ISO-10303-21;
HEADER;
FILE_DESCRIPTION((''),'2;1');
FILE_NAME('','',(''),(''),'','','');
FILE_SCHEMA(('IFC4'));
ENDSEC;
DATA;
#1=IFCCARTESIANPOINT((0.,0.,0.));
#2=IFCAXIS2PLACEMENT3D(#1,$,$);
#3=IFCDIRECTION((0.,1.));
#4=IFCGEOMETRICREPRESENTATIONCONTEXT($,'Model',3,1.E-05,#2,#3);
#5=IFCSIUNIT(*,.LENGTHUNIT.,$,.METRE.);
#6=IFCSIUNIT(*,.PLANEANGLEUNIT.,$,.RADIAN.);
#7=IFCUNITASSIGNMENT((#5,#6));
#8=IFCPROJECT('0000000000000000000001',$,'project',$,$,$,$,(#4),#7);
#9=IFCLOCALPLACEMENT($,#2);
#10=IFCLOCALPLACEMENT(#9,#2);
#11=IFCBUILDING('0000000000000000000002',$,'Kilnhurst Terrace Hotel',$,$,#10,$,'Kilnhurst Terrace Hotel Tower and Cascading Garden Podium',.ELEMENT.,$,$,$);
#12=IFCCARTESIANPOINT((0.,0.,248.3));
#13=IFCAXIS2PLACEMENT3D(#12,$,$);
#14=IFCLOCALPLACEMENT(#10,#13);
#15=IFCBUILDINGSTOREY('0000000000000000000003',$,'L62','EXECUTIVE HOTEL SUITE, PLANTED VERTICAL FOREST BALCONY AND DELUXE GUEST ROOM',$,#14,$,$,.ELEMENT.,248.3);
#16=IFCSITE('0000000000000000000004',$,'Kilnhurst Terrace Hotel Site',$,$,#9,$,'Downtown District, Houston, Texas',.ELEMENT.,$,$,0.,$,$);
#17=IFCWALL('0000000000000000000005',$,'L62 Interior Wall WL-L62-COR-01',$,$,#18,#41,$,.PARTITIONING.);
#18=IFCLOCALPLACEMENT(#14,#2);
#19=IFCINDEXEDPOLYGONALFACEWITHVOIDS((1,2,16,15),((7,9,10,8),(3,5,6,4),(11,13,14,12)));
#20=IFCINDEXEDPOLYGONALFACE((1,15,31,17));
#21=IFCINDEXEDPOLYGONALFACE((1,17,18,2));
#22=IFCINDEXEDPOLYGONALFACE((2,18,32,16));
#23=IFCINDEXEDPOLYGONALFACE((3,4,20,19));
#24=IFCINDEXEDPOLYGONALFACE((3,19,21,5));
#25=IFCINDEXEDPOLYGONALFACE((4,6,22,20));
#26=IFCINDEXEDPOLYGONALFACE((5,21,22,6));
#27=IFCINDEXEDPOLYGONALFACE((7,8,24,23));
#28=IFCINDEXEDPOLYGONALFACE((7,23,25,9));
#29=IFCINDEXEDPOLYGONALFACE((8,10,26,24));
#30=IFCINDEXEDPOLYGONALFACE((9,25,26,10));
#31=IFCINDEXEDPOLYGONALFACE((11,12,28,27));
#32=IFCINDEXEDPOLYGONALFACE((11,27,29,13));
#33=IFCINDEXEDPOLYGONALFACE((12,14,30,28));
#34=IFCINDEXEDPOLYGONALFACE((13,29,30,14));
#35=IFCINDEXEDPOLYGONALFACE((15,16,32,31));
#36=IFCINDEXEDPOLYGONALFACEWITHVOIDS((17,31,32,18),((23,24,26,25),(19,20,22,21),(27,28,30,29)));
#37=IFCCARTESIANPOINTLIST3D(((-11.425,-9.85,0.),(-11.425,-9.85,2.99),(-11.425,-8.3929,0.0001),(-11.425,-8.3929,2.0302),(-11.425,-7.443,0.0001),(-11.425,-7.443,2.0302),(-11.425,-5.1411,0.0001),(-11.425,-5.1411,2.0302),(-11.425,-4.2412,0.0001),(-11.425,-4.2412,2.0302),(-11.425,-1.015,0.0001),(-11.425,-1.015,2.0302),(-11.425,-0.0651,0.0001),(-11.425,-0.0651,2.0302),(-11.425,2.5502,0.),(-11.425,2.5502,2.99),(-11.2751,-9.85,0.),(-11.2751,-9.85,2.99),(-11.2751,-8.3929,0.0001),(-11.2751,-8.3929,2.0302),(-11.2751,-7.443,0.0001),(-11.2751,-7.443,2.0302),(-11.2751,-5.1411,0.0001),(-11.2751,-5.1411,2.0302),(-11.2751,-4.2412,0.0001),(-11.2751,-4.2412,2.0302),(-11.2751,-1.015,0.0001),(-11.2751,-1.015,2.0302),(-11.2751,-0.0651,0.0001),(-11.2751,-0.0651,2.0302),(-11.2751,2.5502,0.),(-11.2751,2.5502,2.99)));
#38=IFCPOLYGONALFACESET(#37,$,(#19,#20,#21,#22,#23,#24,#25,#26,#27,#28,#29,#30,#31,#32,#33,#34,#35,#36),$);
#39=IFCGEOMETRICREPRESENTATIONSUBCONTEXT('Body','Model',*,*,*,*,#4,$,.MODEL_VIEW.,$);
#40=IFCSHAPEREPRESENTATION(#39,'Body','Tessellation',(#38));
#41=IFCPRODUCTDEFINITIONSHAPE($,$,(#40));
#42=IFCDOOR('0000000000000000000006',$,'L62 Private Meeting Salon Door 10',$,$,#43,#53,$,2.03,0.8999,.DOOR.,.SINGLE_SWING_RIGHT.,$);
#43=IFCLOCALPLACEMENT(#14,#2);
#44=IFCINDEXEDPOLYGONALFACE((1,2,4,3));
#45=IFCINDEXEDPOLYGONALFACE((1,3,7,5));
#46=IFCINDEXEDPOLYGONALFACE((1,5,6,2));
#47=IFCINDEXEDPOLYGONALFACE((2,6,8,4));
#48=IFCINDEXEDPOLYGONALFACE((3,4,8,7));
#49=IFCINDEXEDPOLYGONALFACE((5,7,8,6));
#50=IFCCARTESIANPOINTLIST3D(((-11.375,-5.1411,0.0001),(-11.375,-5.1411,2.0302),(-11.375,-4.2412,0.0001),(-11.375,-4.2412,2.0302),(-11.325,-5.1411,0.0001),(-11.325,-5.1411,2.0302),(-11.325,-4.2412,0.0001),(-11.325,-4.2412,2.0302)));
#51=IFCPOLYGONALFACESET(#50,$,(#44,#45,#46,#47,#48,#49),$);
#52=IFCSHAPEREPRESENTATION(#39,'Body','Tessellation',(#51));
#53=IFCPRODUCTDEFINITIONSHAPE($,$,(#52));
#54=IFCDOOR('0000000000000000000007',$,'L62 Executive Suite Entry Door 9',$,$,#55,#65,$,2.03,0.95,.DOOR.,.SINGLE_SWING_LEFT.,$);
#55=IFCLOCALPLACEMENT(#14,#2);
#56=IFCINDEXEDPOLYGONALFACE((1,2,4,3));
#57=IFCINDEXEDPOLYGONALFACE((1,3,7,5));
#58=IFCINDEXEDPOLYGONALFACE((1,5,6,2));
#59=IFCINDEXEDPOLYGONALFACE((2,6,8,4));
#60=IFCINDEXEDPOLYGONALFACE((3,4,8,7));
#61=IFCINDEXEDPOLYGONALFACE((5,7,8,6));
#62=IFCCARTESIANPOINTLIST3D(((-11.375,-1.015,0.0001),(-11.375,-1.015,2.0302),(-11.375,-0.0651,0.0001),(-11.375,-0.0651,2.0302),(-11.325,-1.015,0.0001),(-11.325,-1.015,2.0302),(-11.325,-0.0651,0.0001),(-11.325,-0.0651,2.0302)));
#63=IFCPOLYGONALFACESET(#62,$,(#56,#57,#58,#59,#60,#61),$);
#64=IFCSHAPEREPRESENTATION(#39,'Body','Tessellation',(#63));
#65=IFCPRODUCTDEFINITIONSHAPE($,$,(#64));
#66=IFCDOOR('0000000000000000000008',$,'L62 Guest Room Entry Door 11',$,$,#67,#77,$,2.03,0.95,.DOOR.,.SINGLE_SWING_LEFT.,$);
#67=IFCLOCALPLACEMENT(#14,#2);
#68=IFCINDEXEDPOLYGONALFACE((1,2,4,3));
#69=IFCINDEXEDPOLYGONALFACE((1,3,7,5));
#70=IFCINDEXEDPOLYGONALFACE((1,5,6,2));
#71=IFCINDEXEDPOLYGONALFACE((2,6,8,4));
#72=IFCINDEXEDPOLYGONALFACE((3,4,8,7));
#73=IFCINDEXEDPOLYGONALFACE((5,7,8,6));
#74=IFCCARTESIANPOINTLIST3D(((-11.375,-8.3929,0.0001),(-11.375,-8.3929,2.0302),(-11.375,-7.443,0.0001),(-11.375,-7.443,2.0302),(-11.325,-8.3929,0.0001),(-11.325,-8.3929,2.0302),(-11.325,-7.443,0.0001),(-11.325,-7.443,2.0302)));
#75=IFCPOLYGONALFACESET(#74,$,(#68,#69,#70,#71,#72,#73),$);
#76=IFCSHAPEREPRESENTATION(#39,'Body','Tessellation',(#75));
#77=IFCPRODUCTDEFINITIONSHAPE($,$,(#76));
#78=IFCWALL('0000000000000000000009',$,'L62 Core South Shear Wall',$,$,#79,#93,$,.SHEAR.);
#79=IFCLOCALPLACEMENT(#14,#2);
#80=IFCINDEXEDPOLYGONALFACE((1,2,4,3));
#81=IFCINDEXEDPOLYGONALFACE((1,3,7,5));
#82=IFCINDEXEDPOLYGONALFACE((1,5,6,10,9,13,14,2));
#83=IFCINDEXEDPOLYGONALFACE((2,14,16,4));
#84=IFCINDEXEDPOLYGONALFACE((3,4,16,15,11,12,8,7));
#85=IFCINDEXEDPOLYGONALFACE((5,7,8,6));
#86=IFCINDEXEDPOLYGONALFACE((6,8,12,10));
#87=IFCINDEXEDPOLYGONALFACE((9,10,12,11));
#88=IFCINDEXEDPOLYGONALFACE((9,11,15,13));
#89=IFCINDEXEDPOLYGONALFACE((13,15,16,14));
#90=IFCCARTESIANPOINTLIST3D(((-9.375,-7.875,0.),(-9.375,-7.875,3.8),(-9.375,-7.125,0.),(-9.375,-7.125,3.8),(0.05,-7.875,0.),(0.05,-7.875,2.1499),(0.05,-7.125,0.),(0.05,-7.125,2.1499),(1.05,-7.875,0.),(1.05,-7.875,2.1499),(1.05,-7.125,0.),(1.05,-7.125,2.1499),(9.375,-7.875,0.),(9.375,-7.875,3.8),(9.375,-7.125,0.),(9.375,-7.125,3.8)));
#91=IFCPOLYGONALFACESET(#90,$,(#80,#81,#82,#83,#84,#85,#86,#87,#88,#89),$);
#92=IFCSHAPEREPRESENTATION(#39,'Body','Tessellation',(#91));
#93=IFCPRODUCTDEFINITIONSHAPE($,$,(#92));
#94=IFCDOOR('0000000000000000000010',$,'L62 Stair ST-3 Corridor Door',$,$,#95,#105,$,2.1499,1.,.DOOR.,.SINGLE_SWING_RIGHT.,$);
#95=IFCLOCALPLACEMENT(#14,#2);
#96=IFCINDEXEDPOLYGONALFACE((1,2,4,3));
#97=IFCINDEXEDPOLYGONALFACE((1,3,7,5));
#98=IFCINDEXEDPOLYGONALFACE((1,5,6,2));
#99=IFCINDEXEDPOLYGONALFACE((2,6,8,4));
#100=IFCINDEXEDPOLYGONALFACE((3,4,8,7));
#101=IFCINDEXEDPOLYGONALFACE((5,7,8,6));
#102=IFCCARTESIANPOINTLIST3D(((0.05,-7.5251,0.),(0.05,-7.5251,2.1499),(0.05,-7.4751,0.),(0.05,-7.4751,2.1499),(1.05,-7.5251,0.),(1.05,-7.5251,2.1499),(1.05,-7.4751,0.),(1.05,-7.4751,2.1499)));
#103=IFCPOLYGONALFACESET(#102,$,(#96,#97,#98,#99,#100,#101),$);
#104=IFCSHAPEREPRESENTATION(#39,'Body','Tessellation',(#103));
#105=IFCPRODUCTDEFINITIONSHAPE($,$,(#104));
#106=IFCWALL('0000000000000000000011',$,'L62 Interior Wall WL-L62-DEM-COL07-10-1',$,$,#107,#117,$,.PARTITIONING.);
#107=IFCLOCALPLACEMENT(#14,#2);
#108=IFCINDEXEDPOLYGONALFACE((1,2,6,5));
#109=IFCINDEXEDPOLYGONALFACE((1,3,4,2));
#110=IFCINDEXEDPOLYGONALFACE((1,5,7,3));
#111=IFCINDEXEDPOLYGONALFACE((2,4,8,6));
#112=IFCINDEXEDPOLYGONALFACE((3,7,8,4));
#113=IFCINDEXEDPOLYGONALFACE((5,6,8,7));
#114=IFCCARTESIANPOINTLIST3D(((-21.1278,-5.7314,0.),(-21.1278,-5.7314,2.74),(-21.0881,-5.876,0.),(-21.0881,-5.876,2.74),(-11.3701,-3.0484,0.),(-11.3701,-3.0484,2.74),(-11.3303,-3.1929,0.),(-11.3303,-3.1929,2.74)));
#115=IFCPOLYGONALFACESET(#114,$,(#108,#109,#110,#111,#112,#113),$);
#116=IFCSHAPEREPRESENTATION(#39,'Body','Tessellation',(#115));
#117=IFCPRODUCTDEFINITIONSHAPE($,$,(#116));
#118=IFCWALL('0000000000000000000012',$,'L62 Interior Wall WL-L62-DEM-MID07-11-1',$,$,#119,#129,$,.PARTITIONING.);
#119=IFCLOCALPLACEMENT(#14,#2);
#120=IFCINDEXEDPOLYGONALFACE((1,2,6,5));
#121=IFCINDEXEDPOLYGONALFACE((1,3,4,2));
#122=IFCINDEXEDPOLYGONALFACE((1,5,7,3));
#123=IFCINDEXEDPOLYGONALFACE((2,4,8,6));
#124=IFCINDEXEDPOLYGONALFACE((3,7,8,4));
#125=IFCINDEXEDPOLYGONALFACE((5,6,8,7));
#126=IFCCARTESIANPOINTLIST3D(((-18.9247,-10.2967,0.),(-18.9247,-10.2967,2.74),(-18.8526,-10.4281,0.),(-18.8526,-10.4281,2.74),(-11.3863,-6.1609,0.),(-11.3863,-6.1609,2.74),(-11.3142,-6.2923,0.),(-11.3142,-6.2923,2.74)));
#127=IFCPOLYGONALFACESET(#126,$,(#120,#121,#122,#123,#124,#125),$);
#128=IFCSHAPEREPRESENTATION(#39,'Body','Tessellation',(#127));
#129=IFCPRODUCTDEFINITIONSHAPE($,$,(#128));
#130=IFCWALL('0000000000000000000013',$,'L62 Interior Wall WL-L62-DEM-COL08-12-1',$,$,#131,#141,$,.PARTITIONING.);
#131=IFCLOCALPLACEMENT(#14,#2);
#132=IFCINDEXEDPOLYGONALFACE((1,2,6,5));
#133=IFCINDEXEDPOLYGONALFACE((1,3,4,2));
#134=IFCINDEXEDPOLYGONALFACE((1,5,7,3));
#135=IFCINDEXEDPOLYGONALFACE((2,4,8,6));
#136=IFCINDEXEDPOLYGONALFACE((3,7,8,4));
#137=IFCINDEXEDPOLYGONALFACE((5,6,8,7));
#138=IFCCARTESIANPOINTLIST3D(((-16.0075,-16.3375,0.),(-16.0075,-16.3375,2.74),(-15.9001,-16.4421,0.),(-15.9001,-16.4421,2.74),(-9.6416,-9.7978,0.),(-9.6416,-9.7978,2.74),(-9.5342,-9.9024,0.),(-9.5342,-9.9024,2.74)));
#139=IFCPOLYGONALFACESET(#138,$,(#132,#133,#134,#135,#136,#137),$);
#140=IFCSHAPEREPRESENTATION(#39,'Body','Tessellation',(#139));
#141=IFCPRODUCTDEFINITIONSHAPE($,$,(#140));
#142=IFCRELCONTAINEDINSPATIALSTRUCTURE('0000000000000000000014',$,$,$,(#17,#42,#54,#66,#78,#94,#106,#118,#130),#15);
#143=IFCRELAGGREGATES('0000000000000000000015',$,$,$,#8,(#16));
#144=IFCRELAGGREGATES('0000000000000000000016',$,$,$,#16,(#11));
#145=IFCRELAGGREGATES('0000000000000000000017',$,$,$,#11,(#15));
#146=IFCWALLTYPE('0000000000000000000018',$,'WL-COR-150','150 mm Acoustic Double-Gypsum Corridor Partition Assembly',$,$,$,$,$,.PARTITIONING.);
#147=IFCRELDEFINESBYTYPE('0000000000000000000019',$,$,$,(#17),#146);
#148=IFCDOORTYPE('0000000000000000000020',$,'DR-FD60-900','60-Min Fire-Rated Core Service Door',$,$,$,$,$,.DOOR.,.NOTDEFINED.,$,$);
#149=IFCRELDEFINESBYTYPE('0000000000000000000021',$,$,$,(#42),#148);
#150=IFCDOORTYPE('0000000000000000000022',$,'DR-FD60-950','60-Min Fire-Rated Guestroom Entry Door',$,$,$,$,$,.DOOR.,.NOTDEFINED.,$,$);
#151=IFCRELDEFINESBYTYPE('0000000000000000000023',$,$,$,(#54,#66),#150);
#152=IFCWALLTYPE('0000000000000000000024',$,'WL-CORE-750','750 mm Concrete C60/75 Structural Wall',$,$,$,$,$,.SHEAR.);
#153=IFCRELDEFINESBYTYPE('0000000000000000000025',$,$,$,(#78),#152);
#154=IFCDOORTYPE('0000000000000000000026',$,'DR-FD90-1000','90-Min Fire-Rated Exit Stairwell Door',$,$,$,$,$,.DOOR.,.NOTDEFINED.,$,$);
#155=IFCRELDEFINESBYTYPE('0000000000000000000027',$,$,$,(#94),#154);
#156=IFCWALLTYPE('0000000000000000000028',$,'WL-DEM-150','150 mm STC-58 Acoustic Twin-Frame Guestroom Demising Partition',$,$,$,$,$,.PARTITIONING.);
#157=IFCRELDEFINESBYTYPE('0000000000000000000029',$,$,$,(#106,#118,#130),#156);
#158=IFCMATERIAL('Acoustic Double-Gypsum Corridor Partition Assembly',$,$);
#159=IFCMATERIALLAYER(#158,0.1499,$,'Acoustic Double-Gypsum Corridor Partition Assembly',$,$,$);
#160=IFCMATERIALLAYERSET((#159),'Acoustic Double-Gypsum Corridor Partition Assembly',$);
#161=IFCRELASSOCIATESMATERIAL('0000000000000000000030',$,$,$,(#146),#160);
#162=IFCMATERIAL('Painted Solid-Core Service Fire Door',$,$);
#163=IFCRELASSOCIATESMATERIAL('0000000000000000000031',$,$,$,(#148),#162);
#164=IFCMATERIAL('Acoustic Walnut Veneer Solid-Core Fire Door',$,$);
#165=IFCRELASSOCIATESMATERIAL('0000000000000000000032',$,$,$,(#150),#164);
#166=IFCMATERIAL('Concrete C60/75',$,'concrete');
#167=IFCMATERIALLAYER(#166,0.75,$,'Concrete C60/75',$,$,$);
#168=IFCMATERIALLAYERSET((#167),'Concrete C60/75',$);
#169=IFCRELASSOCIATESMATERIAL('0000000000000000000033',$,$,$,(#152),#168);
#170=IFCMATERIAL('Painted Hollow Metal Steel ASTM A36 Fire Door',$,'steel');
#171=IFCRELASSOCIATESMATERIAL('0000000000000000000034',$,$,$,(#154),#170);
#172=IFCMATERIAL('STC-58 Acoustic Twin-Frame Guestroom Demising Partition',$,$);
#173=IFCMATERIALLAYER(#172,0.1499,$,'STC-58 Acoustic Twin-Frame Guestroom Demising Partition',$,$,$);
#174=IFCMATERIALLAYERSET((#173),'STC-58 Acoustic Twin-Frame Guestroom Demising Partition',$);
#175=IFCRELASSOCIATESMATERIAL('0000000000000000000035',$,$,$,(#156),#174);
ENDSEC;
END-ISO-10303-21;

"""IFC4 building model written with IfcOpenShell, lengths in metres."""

from ifc_helpers import new_model, si_unit, direction, frame, frame_2d, origin, place, context, subcontext, project, spatial, rectangle, extrude, material, layer, layer_set, type_object, element, fill, save


model = new_model("IFC4")

# Units and contexts
model_context = context("Model", 3, precision=1e-05, world=origin(), true_north=direction((0.0, 1.0)))
body_context = subcontext(model_context, "Body", "Model", "MODEL_VIEW")
ifc_project = project(units=[si_unit("LENGTHUNIT", "METRE"), si_unit("PLANEANGLEUNIT", "RADIAN")], contexts=[model_context])

# Site, building, storey
site_placement = place(None, origin())
site = spatial("IfcSite", under=ifc_project, at=site_placement, Name="Kilnhurst Terrace Hotel Site", LongName="Downtown District, Houston, Texas", CompositionType="ELEMENT", RefElevation=0.0)
building_placement = place(site_placement, origin())
building = spatial("IfcBuilding", under=site, at=building_placement, Name="Kilnhurst Terrace Hotel", LongName="Kilnhurst Terrace Hotel Tower and Cascading Garden Podium", CompositionType="ELEMENT")
storey_placement = place(building_placement, frame((0.0, 0.0, 248.3)))
storey = spatial("IfcBuildingStorey", under=building, at=storey_placement, Name="L62", Description="EXECUTIVE HOTEL SUITE, PLANTED VERTICAL FOREST BALCONY AND DELUXE GUEST ROOM", CompositionType="ELEMENT", Elevation=248.3)

# Shared definitions
ifc_material_1 = material(Name="Concrete C60/75", Category="concrete")

# Wall, openings, doors
ifc_material_2 = material(Name="Acoustic Double-Gypsum Corridor Partition Assembly")
ifc_layer_1 = layer(ifc_material_2, 0.1499, Name="Acoustic Double-Gypsum Corridor Partition Assembly")
ifc_layer_set_1 = layer_set([ifc_layer_1], Name="Acoustic Double-Gypsum Corridor Partition Assembly")
wall_type_1 = type_object("IfcWallType", Name="WL-COR-150", Description="150 mm Acoustic Double-Gypsum Corridor Partition Assembly", PredefinedType="PARTITIONING", material=ifc_layer_set_1)
wall_1_placement = place(storey_placement, frame((-11.3501, -9.8501, 0.0), z_axis=(0.0, 0.0, 1.0), x_axis=(0.0, 1.0, 0.0)))
wall_1 = element("IfcWall", 1, at=wall_1_placement, inside=storey, type_object=wall_type_1, Name="L62 Interior Wall WL-L62-COR-01", PredefinedType="PARTITIONING", context=body_context, shape_type="SweptSolid", body=[
    extrude(rectangle(XDim=12.4001, YDim=0.1499, at=frame_2d((6.2002, 0.0))), origin(), (0.0, 0.0, 1.0), 2.99),
])
opening_1_placement = place(wall_1_placement, frame((8.835, 0.0, 0.0)))
opening_1 = element("IfcOpeningElement", 2, at=opening_1_placement, cuts=wall_1, PredefinedType="OPENING", context=body_context, shape_type="SweptSolid", body=[
    extrude(rectangle(XDim=0.95, YDim=2.03, at=frame_2d((0.4751, 1.0151))), frame((0.0, 0.085, 0.0), z_axis=(0.0, -1.0, 0.0), x_axis=(1.0, 0.0, 0.0)), (0.0, 0.0, 1.0), 0.1699),
])
opening_2_placement = place(wall_1_placement, frame((4.709, 0.0, 0.0)))
opening_2 = element("IfcOpeningElement", 3, at=opening_2_placement, cuts=wall_1, PredefinedType="OPENING", context=body_context, shape_type="SweptSolid", body=[
    extrude(rectangle(XDim=0.8999, YDim=2.03, at=frame_2d((0.45, 1.0151))), frame((0.0, 0.085, 0.0), z_axis=(0.0, -1.0, 0.0), x_axis=(1.0, 0.0, 0.0)), (0.0, 0.0, 1.0), 0.1699),
])
opening_3_placement = place(wall_1_placement, frame((1.457, 0.0, 0.0)))
opening_3 = element("IfcOpeningElement", 4, at=opening_3_placement, cuts=wall_1, PredefinedType="OPENING", context=body_context, shape_type="SweptSolid", body=[
    extrude(rectangle(XDim=0.95, YDim=2.03, at=frame_2d((0.4751, 1.0151))), frame((0.0, 0.085, 0.0), z_axis=(0.0, -1.0, 0.0), x_axis=(1.0, 0.0, 0.0)), (0.0, 0.0, 1.0), 0.1699),
])
ifc_material_3 = material(Name="Painted Solid-Core Service Fire Door")
door_type_1 = type_object("IfcDoorType", Name="DR-FD60-900", Description="60-Min Fire-Rated Core Service Door", OperationType="NOTDEFINED", PredefinedType="DOOR", material=ifc_material_3)
door_1_placement = place(opening_2_placement, origin())
door_1 = element("IfcDoor", 5, at=door_1_placement, inside=storey, type_object=door_type_1, Name="L62 Private Meeting Salon Door 10", OperationType="SINGLE_SWING_RIGHT", OverallHeight=2.03, OverallWidth=0.8999, PredefinedType="DOOR", context=body_context, shape_type="SweptSolid", body=[
    extrude(rectangle(XDim=0.8999, YDim=2.03, at=frame_2d((0.45, 1.0151))), frame((0.0, 0.0249, 0.0), z_axis=(0.0, -1.0, 0.0), x_axis=(1.0, 0.0, 0.0)), (0.0, 0.0, 1.0), 0.05),
])
fill(opening_2, door_1)
ifc_material_4 = material(Name="Acoustic Walnut Veneer Solid-Core Fire Door")
door_type_2 = type_object("IfcDoorType", Name="DR-FD60-950", Description="60-Min Fire-Rated Guestroom Entry Door", OperationType="NOTDEFINED", PredefinedType="DOOR", material=ifc_material_4)
door_2_placement = place(opening_1_placement, origin())
door_2 = element("IfcDoor", 6, at=door_2_placement, inside=storey, type_object=door_type_2, Name="L62 Executive Suite Entry Door 9", OperationType="SINGLE_SWING_LEFT", OverallHeight=2.03, OverallWidth=0.95, PredefinedType="DOOR", context=body_context, shape_type="SweptSolid", body=[
    extrude(rectangle(XDim=0.95, YDim=2.03, at=frame_2d((0.4751, 1.0151))), frame((0.0, 0.0249, 0.0), z_axis=(0.0, -1.0, 0.0), x_axis=(1.0, 0.0, 0.0)), (0.0, 0.0, 1.0), 0.05),
])
fill(opening_1, door_2)
door_3_placement = place(opening_3_placement, origin())
door_3 = element("IfcDoor", 7, at=door_3_placement, inside=storey, type_object=door_type_2, Name="L62 Guest Room Entry Door 11", OperationType="SINGLE_SWING_LEFT", OverallHeight=2.03, OverallWidth=0.95, PredefinedType="DOOR", context=body_context, shape_type="SweptSolid", body=[
    extrude(rectangle(XDim=0.95, YDim=2.03, at=frame_2d((0.4751, 1.0151))), frame((0.0, 0.0249, 0.0), z_axis=(0.0, -1.0, 0.0), x_axis=(1.0, 0.0, 0.0)), (0.0, 0.0, 1.0), 0.05),
])
fill(opening_3, door_3)

# Wall, opening, door
ifc_layer_2 = layer(ifc_material_1, 0.75, Name="Concrete C60/75")
ifc_layer_set_2 = layer_set([ifc_layer_2], Name="Concrete C60/75")
wall_type_2 = type_object("IfcWallType", Name="WL-CORE-750", Description="750 mm Concrete C60/75 Structural Wall", PredefinedType="SHEAR", material=ifc_layer_set_2)
wall_2_placement = place(storey_placement, frame((-9.375, -7.5, 0.0), z_axis=(0.0, 0.0, 1.0), x_axis=(1.0, 0.0, 0.0)))
wall_2 = element("IfcWall", 8, at=wall_2_placement, inside=storey, type_object=wall_type_2, Name="L62 Core South Shear Wall", PredefinedType="SHEAR", context=body_context, shape_type="SweptSolid", body=[
    extrude(rectangle(XDim=18.75, YDim=0.75, at=frame_2d((9.375, 0.0))), origin(), (0.0, 0.0, 1.0), 3.8),
])
opening_4_placement = place(wall_2_placement, frame((9.425, 0.0, 0.0)))
opening_4 = element("IfcOpeningElement", 9, at=opening_4_placement, cuts=wall_2, PredefinedType="OPENING", context=body_context, shape_type="SweptSolid", body=[
    extrude(rectangle(XDim=1.0, YDim=2.1499, at=frame_2d((0.5, 1.075))), frame((0.0, 0.385, 0.0), z_axis=(0.0, -1.0, 0.0), x_axis=(1.0, 0.0, 0.0)), (0.0, 0.0, 1.0), 0.77),
])
ifc_material_5 = material(Name="Painted Hollow Metal Steel ASTM A36 Fire Door", Category="steel")
door_type_3 = type_object("IfcDoorType", Name="DR-FD90-1000", Description="90-Min Fire-Rated Exit Stairwell Door", OperationType="NOTDEFINED", PredefinedType="DOOR", material=ifc_material_5)
door_4_placement = place(opening_4_placement, origin())
door_4 = element("IfcDoor", 10, at=door_4_placement, inside=storey, type_object=door_type_3, Name="L62 Stair ST-3 Corridor Door", OperationType="SINGLE_SWING_RIGHT", OverallHeight=2.1499, OverallWidth=1.0, PredefinedType="DOOR", context=body_context, shape_type="SweptSolid", body=[
    extrude(rectangle(XDim=1.0, YDim=2.1499, at=frame_2d((0.5, 1.075))), frame((0.0, 0.0249, 0.0), z_axis=(0.0, -1.0, 0.0), x_axis=(1.0, 0.0, 0.0)), (0.0, 0.0, 1.0), 0.05),
])
fill(opening_4, door_4)

# Walls
ifc_material_6 = material(Name="STC-58 Acoustic Twin-Frame Guestroom Demising Partition")
ifc_layer_3 = layer(ifc_material_6, 0.1499, Name="STC-58 Acoustic Twin-Frame Guestroom Demising Partition")
ifc_layer_set_3 = layer_set([ifc_layer_3], Name="STC-58 Acoustic Twin-Frame Guestroom Demising Partition")
wall_type_3 = type_object("IfcWallType", Name="WL-DEM-150", Description="150 mm STC-58 Acoustic Twin-Frame Guestroom Demising Partition", PredefinedType="PARTITIONING", material=ifc_layer_set_3)
wall_3_placement = place(storey_placement, frame((-11.3501, -3.1206, 0.0), z_axis=(0.0, 0.0, 1.0), x_axis=(-0.964213, -0.26513, 0.0)))
element("IfcWall", 11, at=wall_3_placement, inside=storey, type_object=wall_type_3, Name="L62 Interior Wall WL-L62-DEM-COL07-10-1", PredefinedType="PARTITIONING", context=body_context, shape_type="SweptSolid", body=[
    extrude(rectangle(XDim=10.1199, YDim=0.1499, at=frame_2d((5.0601, 0.0))), origin(), (0.0, 0.0, 1.0), 2.74),
])
wall_4_placement = place(storey_placement, frame((-11.3501, -6.2266, 0.0), z_axis=(0.0, 0.0, 1.0), x_axis=(-0.876723, -0.480995, 0.0)))
element("IfcWall", 12, at=wall_4_placement, inside=storey, type_object=wall_type_3, Name="L62 Interior Wall WL-L62-DEM-MID07-11-1", PredefinedType="PARTITIONING", context=body_context, shape_type="SweptSolid", body=[
    extrude(rectangle(XDim=8.5984, YDim=0.1499, at=frame_2d((4.2993, 0.0))), origin(), (0.0, 0.0, 1.0), 2.74),
])
wall_5_placement = place(storey_placement, frame((-9.5879, -9.8501, 0.0), z_axis=(0.0, 0.0, 1.0), x_axis=(-0.697519, -0.716566, 0.0)))
element("IfcWall", 13, at=wall_5_placement, inside=storey, type_object=wall_type_3, Name="L62 Interior Wall WL-L62-DEM-COL08-12-1", PredefinedType="PARTITIONING", context=body_context, shape_type="SweptSolid", body=[
    extrude(rectangle(XDim=9.1265, YDim=0.1499, at=frame_2d((4.5632, 0.0))), origin(), (0.0, 0.0, 1.0), 2.74),
])

save(model, "model.ifc")
